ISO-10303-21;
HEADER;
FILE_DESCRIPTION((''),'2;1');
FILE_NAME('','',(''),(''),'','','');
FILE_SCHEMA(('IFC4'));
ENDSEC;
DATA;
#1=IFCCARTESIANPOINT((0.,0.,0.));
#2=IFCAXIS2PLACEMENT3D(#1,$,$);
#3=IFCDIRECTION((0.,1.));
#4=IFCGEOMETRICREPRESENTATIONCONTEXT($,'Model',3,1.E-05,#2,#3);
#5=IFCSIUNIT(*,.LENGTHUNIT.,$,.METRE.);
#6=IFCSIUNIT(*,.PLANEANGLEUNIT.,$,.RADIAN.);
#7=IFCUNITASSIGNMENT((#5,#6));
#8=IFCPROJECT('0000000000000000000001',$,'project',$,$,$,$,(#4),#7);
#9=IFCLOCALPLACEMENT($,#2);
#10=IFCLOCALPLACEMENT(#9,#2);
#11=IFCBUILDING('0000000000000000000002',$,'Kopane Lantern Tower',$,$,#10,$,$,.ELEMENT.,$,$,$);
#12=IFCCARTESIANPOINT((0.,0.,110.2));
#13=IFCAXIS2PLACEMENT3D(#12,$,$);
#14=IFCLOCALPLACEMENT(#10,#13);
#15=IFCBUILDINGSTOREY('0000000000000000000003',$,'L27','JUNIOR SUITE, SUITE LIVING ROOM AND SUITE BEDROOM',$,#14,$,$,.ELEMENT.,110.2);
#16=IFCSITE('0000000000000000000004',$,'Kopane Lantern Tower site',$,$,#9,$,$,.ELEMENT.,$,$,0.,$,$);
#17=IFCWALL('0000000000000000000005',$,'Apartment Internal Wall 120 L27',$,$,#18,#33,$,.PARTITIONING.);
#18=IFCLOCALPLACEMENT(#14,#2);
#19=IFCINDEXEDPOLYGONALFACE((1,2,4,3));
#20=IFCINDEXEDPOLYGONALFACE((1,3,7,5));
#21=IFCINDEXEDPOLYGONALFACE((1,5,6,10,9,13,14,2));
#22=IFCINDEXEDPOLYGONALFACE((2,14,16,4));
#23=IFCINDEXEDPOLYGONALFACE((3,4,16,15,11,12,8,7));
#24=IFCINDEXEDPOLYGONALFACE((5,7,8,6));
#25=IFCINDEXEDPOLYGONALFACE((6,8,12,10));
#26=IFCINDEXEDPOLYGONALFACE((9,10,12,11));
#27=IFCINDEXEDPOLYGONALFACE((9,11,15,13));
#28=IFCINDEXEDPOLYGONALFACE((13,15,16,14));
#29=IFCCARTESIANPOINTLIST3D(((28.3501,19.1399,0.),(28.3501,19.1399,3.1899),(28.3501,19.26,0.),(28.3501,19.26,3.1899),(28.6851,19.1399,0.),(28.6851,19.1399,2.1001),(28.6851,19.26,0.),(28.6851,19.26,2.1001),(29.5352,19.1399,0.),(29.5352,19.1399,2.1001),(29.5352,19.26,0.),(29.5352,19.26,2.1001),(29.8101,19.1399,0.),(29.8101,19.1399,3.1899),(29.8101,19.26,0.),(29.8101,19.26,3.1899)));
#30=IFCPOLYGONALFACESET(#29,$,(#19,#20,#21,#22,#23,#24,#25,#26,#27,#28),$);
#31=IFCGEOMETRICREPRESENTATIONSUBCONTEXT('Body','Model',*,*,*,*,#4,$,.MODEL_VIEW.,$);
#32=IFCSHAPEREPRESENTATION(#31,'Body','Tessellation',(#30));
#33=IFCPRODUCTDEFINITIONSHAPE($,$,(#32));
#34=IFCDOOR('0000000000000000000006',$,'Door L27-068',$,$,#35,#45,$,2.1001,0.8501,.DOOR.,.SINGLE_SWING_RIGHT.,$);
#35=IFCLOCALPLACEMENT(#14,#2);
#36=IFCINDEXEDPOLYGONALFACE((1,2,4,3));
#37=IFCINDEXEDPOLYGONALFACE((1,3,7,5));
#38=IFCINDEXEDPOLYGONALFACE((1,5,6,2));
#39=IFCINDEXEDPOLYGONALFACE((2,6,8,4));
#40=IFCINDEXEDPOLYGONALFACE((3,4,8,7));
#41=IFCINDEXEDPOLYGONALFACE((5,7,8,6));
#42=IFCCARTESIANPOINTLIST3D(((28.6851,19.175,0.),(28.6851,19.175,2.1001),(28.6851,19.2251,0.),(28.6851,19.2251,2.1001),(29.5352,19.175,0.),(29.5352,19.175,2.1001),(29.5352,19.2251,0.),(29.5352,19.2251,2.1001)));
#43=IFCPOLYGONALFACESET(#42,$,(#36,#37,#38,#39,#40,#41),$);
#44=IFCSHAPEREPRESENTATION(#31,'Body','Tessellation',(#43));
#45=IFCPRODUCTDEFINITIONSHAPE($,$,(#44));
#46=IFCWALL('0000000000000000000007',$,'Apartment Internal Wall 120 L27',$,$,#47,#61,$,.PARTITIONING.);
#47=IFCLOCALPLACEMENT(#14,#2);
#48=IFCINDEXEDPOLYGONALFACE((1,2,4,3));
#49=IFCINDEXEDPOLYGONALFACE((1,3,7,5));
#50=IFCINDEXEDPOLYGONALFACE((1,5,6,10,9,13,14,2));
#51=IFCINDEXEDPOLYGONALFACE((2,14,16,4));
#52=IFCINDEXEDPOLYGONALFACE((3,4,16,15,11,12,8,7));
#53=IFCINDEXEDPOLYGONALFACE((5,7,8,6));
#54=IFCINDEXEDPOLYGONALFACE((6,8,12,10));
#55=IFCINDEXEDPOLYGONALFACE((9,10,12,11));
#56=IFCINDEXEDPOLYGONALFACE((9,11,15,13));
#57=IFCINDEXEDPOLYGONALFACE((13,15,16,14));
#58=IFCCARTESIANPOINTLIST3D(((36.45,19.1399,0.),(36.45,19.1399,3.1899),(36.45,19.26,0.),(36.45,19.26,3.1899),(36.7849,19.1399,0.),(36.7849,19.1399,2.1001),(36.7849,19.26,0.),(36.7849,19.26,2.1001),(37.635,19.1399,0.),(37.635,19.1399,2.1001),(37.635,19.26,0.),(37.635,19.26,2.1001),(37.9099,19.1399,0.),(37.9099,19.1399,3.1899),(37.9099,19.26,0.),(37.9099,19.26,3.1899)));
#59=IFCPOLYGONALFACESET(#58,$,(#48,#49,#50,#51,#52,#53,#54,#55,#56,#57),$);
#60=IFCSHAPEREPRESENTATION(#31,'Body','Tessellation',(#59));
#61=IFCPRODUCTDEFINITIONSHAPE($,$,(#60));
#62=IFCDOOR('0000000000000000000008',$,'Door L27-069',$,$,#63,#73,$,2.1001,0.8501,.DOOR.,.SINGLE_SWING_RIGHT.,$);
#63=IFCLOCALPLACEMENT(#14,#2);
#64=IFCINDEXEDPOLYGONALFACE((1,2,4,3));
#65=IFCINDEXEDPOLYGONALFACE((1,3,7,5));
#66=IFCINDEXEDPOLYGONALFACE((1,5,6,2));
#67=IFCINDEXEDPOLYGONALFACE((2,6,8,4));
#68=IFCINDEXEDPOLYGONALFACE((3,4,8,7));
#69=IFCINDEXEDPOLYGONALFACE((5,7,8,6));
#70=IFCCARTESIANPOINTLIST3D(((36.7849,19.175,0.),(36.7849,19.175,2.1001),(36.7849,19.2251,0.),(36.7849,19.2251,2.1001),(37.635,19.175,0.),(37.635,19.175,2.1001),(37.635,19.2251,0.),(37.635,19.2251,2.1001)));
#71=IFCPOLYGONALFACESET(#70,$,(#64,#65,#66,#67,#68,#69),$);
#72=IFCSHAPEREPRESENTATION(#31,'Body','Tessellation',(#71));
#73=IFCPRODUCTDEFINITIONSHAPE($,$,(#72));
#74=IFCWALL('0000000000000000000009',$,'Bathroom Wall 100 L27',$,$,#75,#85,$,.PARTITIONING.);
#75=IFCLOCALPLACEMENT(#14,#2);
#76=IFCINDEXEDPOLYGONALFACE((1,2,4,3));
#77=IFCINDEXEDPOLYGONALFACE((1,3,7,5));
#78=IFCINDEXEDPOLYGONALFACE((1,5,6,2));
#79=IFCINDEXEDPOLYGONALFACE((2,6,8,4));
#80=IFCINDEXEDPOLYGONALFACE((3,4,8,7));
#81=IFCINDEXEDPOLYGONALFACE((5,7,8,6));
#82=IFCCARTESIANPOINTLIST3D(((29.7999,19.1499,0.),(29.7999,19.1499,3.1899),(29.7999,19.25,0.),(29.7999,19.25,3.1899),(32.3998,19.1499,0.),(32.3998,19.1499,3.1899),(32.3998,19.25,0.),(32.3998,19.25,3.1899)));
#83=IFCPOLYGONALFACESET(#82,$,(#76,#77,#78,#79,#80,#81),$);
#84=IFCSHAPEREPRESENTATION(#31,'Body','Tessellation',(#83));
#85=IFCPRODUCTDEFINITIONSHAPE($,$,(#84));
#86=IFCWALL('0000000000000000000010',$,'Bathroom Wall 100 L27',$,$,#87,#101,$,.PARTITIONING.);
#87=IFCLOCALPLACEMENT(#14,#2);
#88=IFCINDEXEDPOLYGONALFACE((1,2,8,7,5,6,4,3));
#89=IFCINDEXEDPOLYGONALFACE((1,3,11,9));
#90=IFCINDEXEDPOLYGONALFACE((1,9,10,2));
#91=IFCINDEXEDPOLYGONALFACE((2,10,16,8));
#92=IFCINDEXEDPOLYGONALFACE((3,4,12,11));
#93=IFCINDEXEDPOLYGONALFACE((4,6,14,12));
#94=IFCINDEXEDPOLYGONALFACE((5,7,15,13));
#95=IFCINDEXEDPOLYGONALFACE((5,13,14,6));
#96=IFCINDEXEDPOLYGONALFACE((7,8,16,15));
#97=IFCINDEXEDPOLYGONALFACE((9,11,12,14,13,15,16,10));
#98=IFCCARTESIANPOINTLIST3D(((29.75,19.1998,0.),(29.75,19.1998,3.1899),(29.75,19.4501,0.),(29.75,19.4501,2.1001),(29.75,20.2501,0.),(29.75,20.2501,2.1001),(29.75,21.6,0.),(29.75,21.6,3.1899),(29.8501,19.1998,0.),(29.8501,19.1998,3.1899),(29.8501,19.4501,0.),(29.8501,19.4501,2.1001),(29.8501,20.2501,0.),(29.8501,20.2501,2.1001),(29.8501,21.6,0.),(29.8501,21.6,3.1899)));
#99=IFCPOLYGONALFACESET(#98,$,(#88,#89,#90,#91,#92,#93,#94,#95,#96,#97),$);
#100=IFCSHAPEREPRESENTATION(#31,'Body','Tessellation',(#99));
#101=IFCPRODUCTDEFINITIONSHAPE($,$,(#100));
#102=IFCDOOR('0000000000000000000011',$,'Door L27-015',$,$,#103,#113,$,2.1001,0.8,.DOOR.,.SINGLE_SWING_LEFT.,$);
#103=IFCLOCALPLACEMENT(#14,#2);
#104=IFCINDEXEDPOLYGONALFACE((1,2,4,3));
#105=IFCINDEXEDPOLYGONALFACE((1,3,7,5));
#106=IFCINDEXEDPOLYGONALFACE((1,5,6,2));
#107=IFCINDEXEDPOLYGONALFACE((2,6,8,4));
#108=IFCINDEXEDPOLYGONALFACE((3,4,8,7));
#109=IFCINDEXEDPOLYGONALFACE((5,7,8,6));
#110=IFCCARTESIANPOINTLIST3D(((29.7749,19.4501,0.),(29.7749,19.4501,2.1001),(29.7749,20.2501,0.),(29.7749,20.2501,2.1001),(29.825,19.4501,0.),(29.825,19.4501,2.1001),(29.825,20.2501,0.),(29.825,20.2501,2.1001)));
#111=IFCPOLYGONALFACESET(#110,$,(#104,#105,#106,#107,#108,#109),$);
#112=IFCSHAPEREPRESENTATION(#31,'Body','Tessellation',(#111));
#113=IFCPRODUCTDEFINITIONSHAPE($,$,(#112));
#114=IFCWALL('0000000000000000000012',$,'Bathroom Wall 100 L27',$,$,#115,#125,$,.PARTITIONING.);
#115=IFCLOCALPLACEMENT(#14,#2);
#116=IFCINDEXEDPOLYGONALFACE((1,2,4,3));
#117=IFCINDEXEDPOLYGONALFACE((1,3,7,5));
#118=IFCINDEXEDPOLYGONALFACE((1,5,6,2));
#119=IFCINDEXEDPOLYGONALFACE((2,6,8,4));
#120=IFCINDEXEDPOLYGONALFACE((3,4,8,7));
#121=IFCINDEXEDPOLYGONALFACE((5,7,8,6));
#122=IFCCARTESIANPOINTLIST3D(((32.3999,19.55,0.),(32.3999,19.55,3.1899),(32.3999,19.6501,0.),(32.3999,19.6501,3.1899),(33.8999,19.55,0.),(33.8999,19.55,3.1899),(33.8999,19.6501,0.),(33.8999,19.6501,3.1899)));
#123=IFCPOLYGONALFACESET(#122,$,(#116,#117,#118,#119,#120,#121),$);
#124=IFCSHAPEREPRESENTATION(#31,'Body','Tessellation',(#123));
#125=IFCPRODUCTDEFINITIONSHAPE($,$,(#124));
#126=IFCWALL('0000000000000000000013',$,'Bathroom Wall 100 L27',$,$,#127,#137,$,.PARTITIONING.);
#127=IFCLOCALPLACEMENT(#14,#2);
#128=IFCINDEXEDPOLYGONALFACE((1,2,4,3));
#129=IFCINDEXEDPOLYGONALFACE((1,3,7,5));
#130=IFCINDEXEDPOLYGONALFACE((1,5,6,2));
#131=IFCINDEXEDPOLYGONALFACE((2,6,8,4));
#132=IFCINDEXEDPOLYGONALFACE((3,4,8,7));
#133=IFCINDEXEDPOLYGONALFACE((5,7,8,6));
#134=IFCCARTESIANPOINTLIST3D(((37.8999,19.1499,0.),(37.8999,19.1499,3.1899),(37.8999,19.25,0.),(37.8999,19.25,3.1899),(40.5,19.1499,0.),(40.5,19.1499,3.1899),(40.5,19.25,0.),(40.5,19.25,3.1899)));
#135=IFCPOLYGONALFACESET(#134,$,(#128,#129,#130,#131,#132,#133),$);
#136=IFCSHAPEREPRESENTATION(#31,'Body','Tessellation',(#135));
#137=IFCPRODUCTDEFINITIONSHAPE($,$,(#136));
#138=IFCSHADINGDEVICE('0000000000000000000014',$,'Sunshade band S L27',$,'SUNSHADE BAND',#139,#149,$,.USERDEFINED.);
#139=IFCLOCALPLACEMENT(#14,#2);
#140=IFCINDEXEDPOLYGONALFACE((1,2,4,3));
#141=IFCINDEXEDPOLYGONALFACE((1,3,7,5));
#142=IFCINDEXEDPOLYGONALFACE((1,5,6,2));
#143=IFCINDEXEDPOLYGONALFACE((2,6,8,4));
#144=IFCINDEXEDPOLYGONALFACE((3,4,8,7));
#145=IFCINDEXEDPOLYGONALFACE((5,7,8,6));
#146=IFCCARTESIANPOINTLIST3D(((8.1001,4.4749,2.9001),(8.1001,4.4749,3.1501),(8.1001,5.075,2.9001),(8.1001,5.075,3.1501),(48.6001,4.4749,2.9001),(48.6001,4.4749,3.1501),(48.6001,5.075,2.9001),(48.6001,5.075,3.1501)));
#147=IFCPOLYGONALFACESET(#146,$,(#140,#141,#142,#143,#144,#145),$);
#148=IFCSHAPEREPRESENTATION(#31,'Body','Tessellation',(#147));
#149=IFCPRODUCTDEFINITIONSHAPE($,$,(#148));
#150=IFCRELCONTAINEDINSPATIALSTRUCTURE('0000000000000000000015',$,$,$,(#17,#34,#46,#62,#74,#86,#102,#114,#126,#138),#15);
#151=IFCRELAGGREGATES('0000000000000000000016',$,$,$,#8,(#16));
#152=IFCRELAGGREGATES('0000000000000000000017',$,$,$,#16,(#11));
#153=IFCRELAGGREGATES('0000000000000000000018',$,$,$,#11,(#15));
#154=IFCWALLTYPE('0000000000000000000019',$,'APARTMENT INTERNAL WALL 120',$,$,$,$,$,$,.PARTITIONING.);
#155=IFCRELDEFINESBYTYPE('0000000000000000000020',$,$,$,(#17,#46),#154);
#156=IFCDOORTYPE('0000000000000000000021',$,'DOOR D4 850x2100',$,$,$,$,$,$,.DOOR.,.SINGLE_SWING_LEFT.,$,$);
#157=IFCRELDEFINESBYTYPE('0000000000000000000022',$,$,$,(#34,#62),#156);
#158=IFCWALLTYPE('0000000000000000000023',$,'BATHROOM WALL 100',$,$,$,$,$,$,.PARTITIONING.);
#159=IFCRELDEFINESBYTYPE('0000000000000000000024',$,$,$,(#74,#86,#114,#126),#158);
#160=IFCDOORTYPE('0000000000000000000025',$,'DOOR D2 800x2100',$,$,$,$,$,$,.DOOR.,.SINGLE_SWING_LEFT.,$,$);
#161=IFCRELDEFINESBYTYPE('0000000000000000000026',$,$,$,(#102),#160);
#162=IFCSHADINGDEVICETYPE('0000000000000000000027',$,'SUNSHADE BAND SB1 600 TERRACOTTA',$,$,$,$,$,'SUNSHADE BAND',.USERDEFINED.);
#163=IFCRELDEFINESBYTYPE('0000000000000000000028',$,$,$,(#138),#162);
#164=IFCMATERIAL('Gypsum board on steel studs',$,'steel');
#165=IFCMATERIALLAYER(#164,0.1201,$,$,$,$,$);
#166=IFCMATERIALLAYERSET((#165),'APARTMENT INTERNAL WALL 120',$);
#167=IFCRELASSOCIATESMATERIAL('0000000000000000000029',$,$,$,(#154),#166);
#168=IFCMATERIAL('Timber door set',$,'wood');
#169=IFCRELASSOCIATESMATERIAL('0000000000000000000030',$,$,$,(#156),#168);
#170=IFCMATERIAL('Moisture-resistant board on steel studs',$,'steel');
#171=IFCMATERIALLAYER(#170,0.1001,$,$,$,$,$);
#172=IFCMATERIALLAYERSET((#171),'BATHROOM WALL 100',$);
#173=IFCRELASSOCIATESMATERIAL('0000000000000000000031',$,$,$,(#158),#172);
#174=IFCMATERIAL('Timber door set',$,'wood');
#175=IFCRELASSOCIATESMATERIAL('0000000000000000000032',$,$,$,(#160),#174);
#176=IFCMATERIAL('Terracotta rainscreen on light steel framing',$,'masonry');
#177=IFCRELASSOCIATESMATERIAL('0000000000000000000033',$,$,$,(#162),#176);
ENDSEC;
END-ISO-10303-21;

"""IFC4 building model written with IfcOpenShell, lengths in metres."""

from ifc_helpers import new_model, si_unit, direction, frame, frame_2d, origin, origin_2d, place, context, subcontext, project, spatial, rectangle, extrude, material, layer, layer_set, type_object, element, fill, save


model = new_model("IFC4")

# Units and contexts
model_context = context("Model", 3, precision=1e-05, world=origin(), true_north=direction((0.0, 1.0)))
body_context = subcontext(model_context, "Body", "Model", "MODEL_VIEW")
ifc_project = project(units=[si_unit("LENGTHUNIT", "METRE"), si_unit("PLANEANGLEUNIT", "RADIAN")], contexts=[model_context])

# Site, building, storey
site_placement = place(None, origin())
site = spatial("IfcSite", under=ifc_project, at=site_placement, Name="Kopane Lantern Tower site", CompositionType="ELEMENT", RefElevation=0.0)
building_placement = place(site_placement, origin())
building = spatial("IfcBuilding", under=site, at=building_placement, Name="Kopane Lantern Tower", CompositionType="ELEMENT")
storey_placement = place(building_placement, frame((0.0, 0.0, 110.2)))
storey = spatial("IfcBuildingStorey", under=building, at=storey_placement, Name="L27", Description="JUNIOR SUITE, SUITE LIVING ROOM AND SUITE BEDROOM", CompositionType="ELEMENT", Elevation=110.2)

# Shared definitions
ifc_material_1 = material(Name="Gypsum board on steel studs", Category="steel")
ifc_layer_1 = layer(ifc_material_1, 0.1201)
ifc_layer_set_1 = layer_set([ifc_layer_1], Name="APARTMENT INTERNAL WALL 120")
wall_type_1 = type_object("IfcWallType", Name="APARTMENT INTERNAL WALL 120", PredefinedType="PARTITIONING", material=ifc_layer_set_1)
ifc_material_2 = material(Name="Timber door set", Category="wood")
door_type_1 = type_object("IfcDoorType", Name="DOOR D4 850x2100", OperationType="SINGLE_SWING_LEFT", PredefinedType="DOOR", material=ifc_material_2)

# Walls, openings, doors
wall_1_placement = place(storey_placement, frame((29.8101, 19.2, 0.0), z_axis=(0.0, 0.0, 1.0), x_axis=(-1.0, 0.0, 0.0)))
wall_1 = element("IfcWall", 1, at=wall_1_placement, inside=storey, type_object=wall_type_1, Name="Apartment Internal Wall 120 L27", PredefinedType="PARTITIONING", context=body_context, shape_type="SweptSolid", body=[
    extrude(rectangle(XDim=1.46, YDim=0.1201, at=frame_2d((0.73, 0.0))), origin(), (0.0, 0.0, 1.0), 3.1899),
])
opening_1_placement = place(wall_1_placement, frame((0.2749, 0.0, 0.0)))
opening_1 = element("IfcOpeningElement", 2, at=opening_1_placement, cuts=wall_1, PredefinedType="OPENING", context=body_context, shape_type="SweptSolid", body=[
    extrude(rectangle(XDim=0.8501, YDim=2.1001, at=frame_2d((0.425, 1.05))), frame((0.0, 0.0701, 0.0), z_axis=(0.0, -1.0, 0.0), x_axis=(1.0, 0.0, 0.0)), (0.0, 0.0, 1.0), 0.1401),
])
door_1_placement = place(opening_1_placement, origin())
door_1 = element("IfcDoor", 3, at=door_1_placement, inside=storey, type_object=door_type_1, Name="Door L27-068", OperationType="SINGLE_SWING_RIGHT", OverallHeight=2.1001, OverallWidth=0.8501, PredefinedType="DOOR", context=body_context, shape_type="SweptSolid", body=[
    extrude(rectangle(XDim=0.8501, YDim=2.1001, at=frame_2d((0.425, 1.05))), frame((0.0, 0.0249, 0.0), z_axis=(0.0, -1.0, 0.0), x_axis=(1.0, 0.0, 0.0)), (0.0, 0.0, 1.0), 0.05),
])
fill(opening_1, door_1)
wall_2_placement = place(storey_placement, frame((37.9099, 19.2, 0.0), z_axis=(0.0, 0.0, 1.0), x_axis=(-1.0, 0.0, 0.0)))
wall_2 = element("IfcWall", 4, at=wall_2_placement, inside=storey, type_object=wall_type_1, Name="Apartment Internal Wall 120 L27", PredefinedType="PARTITIONING", context=body_context, shape_type="SweptSolid", body=[
    extrude(rectangle(XDim=1.46, YDim=0.1201, at=frame_2d((0.73, 0.0))), origin(), (0.0, 0.0, 1.0), 3.1899),
])
opening_2_placement = place(wall_2_placement, frame((0.2749, 0.0, 0.0)))
opening_2 = element("IfcOpeningElement", 5, at=opening_2_placement, cuts=wall_2, PredefinedType="OPENING", context=body_context, shape_type="SweptSolid", body=[
    extrude(rectangle(XDim=0.8501, YDim=2.1001, at=frame_2d((0.425, 1.05))), frame((0.0, 0.0701, 0.0), z_axis=(0.0, -1.0, 0.0), x_axis=(1.0, 0.0, 0.0)), (0.0, 0.0, 1.0), 0.1401),
])
door_2_placement = place(opening_2_placement, origin())
door_2 = element("IfcDoor", 6, at=door_2_placement, inside=storey, type_object=door_type_1, Name="Door L27-069", OperationType="SINGLE_SWING_RIGHT", OverallHeight=2.1001, OverallWidth=0.8501, PredefinedType="DOOR", context=body_context, shape_type="SweptSolid", body=[
    extrude(rectangle(XDim=0.8501, YDim=2.1001, at=frame_2d((0.425, 1.05))), frame((0.0, 0.0249, 0.0), z_axis=(0.0, -1.0, 0.0), x_axis=(1.0, 0.0, 0.0)), (0.0, 0.0, 1.0), 0.05),
])
fill(opening_2, door_2)

# Wall
ifc_material_3 = material(Name="Moisture-resistant board on steel studs", Category="steel")
ifc_layer_2 = layer(ifc_material_3, 0.1001)
ifc_layer_set_2 = layer_set([ifc_layer_2], Name="BATHROOM WALL 100")
wall_type_2 = type_object("IfcWallType", Name="BATHROOM WALL 100", PredefinedType="PARTITIONING", material=ifc_layer_set_2)
wall_3_placement = place(storey_placement, frame((29.8, 19.2, 0.0), z_axis=(0.0, 0.0, 1.0), x_axis=(1.0, 0.0, 0.0)))
element("IfcWall", 7, at=wall_3_placement, inside=storey, type_object=wall_type_2, Name="Bathroom Wall 100 L27", PredefinedType="PARTITIONING", context=body_context, shape_type="SweptSolid", body=[
    extrude(rectangle(XDim=2.5999, YDim=0.1001, at=frame_2d((1.2998, 0.0))), origin(), (0.0, 0.0, 1.0), 3.1899),
])

# Wall, opening, door
wall_4_placement = place(storey_placement, frame((29.8, 21.6001, 0.0), z_axis=(0.0, 0.0, 1.0), x_axis=(0.0, -1.0, 0.0)))
wall_4 = element("IfcWall", 8, at=wall_4_placement, inside=storey, type_object=wall_type_2, Name="Bathroom Wall 100 L27", PredefinedType="PARTITIONING", context=body_context, shape_type="SweptSolid", body=[
    extrude(rectangle(XDim=2.4001, YDim=0.1001, at=frame_2d((1.2002, 0.0))), origin(), (0.0, 0.0, 1.0), 3.1899),
])
opening_3_placement = place(wall_4_placement, frame((1.3501, 0.0, 0.0)))
opening_3 = element("IfcOpeningElement", 9, at=opening_3_placement, cuts=wall_4, PredefinedType="OPENING", context=body_context, shape_type="SweptSolid", body=[
    extrude(rectangle(XDim=0.8, YDim=2.1001, at=frame_2d((0.3999, 1.05))), frame((0.0, 0.0601, 0.0), z_axis=(0.0, -1.0, 0.0), x_axis=(1.0, 0.0, 0.0)), (0.0, 0.0, 1.0), 0.1201),
])
ifc_material_4 = material(Name="Timber door set", Category="wood")
door_type_2 = type_object("IfcDoorType", Name="DOOR D2 800x2100", OperationType="SINGLE_SWING_LEFT", PredefinedType="DOOR", material=ifc_material_4)
door_3_placement = place(opening_3_placement, origin())
door_3 = element("IfcDoor", 10, at=door_3_placement, inside=storey, type_object=door_type_2, Name="Door L27-015", OperationType="SINGLE_SWING_LEFT", OverallHeight=2.1001, OverallWidth=0.8, PredefinedType="DOOR", context=body_context, shape_type="SweptSolid", body=[
    extrude(rectangle(XDim=0.8, YDim=2.1001, at=frame_2d((0.3999, 1.05))), frame((0.0, 0.0249, 0.0), z_axis=(0.0, -1.0, 0.0), x_axis=(1.0, 0.0, 0.0)), (0.0, 0.0, 1.0), 0.05),
])
fill(opening_3, door_3)

# Walls
wall_5_placement = place(storey_placement, frame((32.3999, 19.6001, 0.0), z_axis=(0.0, 0.0, 1.0), x_axis=(1.0, 0.0, 0.0)))
element("IfcWall", 11, at=wall_5_placement, inside=storey, type_object=wall_type_2, Name="Bathroom Wall 100 L27", PredefinedType="PARTITIONING", context=body_context, shape_type="SweptSolid", body=[
    extrude(rectangle(XDim=1.5, YDim=0.1001, at=frame_2d((0.75, 0.0))), origin(), (0.0, 0.0, 1.0), 3.1899),
])
wall_6_placement = place(storey_placement, frame((37.8999, 19.2, 0.0), z_axis=(0.0, 0.0, 1.0), x_axis=(1.0, 0.0, 0.0)))
element("IfcWall", 12, at=wall_6_placement, inside=storey, type_object=wall_type_2, Name="Bathroom Wall 100 L27", PredefinedType="PARTITIONING", context=body_context, shape_type="SweptSolid", body=[
    extrude(rectangle(XDim=2.6001, YDim=0.1001, at=frame_2d((1.3, 0.0))), origin(), (0.0, 0.0, 1.0), 3.1899),
])

# Shading device
ifc_material_5 = material(Name="Terracotta rainscreen on light steel framing", Category="masonry")
shading_device_type = type_object("IfcShadingDeviceType", Name="SUNSHADE BAND SB1 600 TERRACOTTA", ElementType="SUNSHADE BAND", PredefinedType="USERDEFINED", material=ifc_material_5)
shading_device_placement = place(storey_placement, frame((28.3501, 4.7749, 2.9001), z_axis=(0.0, 0.0, 1.0), x_axis=(1.0, 0.0, 0.0)))
element("IfcShadingDevice", 13, at=shading_device_placement, inside=storey, type_object=shading_device_type, Name="Sunshade band S L27", ObjectType="SUNSHADE BAND", PredefinedType="USERDEFINED", context=body_context, shape_type="SweptSolid", body=[
    extrude(rectangle(XDim=40.5, YDim=0.6001, at=origin_2d()), origin(), (0.0, 0.0, 1.0), 0.25),
])

save(model, "model.ifc")
